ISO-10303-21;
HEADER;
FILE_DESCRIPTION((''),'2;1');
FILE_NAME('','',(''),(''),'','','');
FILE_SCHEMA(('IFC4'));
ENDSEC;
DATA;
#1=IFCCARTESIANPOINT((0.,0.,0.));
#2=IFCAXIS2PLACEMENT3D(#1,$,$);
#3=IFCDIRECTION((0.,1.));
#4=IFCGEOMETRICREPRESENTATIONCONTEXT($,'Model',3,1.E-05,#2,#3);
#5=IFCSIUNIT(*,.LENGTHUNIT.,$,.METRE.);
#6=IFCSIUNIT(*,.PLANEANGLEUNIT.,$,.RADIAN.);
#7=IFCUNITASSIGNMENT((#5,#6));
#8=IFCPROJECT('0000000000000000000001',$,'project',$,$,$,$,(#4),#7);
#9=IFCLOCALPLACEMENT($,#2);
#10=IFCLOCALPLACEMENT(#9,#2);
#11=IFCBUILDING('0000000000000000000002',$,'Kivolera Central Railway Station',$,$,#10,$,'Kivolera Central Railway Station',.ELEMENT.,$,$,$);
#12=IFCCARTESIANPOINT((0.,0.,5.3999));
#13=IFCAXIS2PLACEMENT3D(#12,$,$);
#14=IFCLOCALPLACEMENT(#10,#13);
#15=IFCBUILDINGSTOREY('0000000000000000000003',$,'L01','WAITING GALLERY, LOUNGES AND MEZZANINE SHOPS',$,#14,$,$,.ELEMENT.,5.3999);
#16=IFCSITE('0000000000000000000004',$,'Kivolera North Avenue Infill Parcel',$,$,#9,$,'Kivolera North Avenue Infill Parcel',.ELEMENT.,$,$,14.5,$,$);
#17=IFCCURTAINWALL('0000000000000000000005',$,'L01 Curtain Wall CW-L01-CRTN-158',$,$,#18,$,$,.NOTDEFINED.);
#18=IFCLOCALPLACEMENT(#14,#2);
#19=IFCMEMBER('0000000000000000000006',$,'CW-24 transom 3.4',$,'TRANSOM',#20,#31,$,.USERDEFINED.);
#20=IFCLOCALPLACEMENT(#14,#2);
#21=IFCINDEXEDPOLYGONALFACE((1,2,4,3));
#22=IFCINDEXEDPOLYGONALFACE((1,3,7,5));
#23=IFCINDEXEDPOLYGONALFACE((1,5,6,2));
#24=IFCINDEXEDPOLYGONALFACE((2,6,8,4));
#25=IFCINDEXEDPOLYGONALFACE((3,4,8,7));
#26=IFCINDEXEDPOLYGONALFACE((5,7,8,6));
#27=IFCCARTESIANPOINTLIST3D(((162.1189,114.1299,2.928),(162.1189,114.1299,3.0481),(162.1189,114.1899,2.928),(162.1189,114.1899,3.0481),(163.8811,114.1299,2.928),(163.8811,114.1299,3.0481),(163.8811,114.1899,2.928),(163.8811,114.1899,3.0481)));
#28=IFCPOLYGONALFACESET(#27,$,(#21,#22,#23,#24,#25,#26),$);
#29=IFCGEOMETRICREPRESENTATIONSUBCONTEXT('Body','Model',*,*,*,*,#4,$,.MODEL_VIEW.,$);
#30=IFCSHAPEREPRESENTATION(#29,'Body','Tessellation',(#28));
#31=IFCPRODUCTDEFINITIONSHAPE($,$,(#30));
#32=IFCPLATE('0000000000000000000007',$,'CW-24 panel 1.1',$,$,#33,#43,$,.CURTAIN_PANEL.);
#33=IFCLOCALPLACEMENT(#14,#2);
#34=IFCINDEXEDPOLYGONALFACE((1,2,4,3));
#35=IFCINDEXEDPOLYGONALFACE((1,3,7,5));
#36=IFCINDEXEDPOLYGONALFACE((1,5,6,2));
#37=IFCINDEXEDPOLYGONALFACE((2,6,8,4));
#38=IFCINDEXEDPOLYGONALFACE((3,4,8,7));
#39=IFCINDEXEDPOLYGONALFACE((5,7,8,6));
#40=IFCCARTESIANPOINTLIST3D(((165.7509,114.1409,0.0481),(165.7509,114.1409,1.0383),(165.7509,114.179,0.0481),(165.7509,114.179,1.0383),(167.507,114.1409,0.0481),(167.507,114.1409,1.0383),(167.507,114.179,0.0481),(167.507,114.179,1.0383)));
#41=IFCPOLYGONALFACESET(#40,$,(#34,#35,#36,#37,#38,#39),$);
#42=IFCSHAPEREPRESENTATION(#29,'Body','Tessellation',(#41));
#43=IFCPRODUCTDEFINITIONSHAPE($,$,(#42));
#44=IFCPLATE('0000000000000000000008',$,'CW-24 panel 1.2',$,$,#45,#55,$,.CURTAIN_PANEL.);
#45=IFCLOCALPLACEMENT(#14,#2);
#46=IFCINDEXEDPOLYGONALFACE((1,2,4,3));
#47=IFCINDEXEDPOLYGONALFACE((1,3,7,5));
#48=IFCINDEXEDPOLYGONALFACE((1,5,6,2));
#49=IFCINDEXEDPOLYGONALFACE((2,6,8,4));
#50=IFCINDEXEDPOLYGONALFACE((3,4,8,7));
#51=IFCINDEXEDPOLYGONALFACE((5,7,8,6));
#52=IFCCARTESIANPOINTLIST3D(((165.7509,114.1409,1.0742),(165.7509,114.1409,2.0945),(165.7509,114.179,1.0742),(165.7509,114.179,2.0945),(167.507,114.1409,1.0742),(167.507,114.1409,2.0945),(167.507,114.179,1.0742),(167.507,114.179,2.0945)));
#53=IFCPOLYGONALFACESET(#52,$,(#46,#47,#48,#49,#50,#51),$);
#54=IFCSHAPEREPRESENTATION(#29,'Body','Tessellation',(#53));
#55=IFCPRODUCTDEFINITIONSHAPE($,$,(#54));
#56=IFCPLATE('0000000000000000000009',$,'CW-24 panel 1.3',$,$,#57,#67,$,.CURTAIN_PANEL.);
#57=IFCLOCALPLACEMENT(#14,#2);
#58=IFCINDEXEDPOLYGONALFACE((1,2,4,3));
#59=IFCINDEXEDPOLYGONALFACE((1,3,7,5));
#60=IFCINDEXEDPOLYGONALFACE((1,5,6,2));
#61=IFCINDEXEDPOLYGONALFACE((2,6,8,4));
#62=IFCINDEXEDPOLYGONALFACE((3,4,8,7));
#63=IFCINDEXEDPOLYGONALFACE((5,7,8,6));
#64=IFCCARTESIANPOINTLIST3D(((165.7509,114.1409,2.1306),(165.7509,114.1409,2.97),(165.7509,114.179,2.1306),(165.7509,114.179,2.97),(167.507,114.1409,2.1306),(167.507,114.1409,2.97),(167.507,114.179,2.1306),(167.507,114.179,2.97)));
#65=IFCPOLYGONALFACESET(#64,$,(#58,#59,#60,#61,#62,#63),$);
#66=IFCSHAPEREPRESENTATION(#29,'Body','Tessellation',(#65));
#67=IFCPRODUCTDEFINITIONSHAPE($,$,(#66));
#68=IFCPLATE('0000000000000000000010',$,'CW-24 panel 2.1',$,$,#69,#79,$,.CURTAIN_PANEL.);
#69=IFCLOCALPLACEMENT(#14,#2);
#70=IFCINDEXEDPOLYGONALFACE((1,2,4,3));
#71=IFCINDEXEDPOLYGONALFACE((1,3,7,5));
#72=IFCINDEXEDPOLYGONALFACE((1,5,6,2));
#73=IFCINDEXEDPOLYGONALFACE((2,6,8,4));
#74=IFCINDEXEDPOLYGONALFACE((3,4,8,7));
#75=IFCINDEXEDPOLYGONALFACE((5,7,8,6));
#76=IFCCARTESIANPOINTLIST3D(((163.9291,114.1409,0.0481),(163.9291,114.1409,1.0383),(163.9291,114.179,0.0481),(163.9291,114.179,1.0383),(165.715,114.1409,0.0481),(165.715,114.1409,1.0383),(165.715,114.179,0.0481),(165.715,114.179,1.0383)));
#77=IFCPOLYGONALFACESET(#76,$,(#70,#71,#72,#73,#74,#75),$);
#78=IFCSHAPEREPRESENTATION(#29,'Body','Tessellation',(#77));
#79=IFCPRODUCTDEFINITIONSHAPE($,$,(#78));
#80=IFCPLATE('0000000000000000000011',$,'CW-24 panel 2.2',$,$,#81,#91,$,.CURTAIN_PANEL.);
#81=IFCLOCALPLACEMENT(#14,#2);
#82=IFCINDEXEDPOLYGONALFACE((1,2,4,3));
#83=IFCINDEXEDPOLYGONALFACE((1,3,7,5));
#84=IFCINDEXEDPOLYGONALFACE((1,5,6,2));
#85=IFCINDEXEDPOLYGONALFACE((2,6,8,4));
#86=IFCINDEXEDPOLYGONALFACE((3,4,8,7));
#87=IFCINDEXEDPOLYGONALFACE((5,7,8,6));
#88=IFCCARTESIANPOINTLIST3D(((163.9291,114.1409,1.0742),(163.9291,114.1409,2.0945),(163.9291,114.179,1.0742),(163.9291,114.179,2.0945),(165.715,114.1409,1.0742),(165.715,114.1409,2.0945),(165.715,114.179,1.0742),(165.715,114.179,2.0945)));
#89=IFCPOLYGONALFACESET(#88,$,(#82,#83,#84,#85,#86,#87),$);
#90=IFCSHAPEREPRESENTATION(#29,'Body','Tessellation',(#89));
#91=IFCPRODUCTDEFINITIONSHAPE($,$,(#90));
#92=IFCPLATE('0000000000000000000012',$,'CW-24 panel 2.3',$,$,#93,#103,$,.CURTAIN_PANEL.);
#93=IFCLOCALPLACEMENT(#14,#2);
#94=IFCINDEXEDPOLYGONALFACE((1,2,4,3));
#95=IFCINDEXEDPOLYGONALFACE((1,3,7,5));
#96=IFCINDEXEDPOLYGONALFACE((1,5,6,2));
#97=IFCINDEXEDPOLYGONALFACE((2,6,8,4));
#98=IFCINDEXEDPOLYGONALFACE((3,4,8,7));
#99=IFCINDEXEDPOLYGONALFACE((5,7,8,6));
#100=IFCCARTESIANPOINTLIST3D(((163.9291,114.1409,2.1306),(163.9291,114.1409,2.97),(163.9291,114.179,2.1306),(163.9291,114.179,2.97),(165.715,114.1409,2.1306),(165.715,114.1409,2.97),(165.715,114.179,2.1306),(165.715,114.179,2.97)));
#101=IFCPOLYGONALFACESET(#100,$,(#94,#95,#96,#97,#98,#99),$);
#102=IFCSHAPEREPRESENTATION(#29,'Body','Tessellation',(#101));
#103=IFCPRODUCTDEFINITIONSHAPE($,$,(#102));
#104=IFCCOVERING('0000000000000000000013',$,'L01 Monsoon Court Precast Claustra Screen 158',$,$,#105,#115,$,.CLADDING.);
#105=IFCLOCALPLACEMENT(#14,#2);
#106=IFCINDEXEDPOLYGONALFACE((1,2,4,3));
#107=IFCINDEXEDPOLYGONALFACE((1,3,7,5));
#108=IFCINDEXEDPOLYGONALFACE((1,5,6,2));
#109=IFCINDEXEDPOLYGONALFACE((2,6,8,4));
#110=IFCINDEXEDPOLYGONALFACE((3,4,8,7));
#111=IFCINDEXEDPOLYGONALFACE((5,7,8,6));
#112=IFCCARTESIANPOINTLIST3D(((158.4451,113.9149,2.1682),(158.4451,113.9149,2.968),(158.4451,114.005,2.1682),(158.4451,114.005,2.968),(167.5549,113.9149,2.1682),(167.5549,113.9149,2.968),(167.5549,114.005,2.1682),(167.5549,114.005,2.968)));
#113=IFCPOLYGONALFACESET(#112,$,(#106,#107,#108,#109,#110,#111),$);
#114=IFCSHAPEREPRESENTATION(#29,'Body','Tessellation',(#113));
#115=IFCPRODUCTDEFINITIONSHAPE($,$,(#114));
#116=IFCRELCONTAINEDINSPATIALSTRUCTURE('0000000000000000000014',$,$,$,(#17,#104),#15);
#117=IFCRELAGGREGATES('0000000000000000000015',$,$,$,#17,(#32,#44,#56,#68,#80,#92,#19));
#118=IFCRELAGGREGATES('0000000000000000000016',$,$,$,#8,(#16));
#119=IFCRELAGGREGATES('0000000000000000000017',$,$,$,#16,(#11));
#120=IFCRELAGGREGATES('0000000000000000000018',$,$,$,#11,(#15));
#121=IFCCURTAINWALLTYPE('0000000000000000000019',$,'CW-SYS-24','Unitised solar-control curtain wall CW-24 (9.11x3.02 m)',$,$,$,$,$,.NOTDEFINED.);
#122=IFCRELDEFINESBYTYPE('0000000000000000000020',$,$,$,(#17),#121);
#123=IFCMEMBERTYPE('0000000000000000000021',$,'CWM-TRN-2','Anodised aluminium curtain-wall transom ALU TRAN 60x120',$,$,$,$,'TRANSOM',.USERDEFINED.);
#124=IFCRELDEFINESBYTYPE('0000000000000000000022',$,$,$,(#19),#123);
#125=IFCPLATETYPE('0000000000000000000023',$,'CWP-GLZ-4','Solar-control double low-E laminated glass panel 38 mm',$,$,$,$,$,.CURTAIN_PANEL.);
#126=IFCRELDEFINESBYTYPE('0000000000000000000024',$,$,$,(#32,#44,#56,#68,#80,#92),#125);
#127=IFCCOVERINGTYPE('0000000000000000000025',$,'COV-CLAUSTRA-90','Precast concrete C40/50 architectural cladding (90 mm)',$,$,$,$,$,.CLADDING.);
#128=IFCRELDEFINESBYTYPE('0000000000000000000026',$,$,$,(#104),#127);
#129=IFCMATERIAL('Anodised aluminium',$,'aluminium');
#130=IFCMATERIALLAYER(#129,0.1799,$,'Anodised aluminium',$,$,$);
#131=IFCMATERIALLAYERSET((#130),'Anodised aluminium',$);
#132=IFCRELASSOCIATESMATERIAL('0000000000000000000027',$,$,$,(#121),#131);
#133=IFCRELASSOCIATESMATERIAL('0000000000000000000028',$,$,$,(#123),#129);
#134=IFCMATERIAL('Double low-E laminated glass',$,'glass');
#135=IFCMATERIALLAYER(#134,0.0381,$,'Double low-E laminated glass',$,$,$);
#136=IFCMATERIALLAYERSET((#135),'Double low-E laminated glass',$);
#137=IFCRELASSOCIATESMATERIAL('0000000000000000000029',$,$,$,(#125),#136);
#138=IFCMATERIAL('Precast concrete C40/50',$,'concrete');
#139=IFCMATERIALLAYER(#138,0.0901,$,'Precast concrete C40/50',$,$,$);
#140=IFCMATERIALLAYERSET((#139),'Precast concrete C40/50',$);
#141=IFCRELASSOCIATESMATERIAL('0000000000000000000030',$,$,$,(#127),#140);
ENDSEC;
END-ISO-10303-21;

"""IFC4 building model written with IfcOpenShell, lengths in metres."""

from ifc_helpers import new_model, si_unit, direction, frame, frame_2d, origin, origin_2d, place, context, subcontext, project, spatial, rectangle, extrude, material, layer, layer_set, material_profile, profile_set, type_object, element, aggregate, save


model = new_model("IFC4")

# Units and contexts
model_context = context("Model", 3, precision=1e-05, world=origin(), true_north=direction((0.0, 1.0)))
body_context = subcontext(model_context, "Body", "Model", "MODEL_VIEW")
ifc_project = project(units=[si_unit("LENGTHUNIT", "METRE"), si_unit("PLANEANGLEUNIT", "RADIAN")], contexts=[model_context])

# Site, building, storey
site_placement = place(None, origin())
site = spatial("IfcSite", under=ifc_project, at=site_placement, Name="Kivolera North Avenue Infill Parcel", LongName="Kivolera North Avenue Infill Parcel", CompositionType="ELEMENT", RefElevation=14.5)
building_placement = place(site_placement, origin())
building = spatial("IfcBuilding", under=site, at=building_placement, Name="Kivolera Central Railway Station", LongName="Kivolera Central Railway Station", CompositionType="ELEMENT")
storey_placement = place(building_placement, frame((0.0, 0.0, 5.3999)))
storey = spatial("IfcBuildingStorey", under=building, at=storey_placement, Name="L01", Description="WAITING GALLERY, LOUNGES AND MEZZANINE SHOPS", CompositionType="ELEMENT", Elevation=5.3999)

# Curtain wall, member, plates
ifc_material_1 = material(Name="Anodised aluminium", Category="aluminium")
ifc_layer_1 = layer(ifc_material_1, 0.1799, Name="Anodised aluminium")
ifc_layer_set_1 = layer_set([ifc_layer_1], Name="Anodised aluminium")
curtain_wall_type = type_object("IfcCurtainWallType", Name="CW-SYS-24", Description="Unitised solar-control curtain wall CW-24 (9.11x3.02 m)", PredefinedType="NOTDEFINED", material=ifc_layer_set_1)
curtain_wall_placement = place(storey_placement, origin())
curtain_wall = element("IfcCurtainWall", 1, at=curtain_wall_placement, inside=storey, type_object=curtain_wall_type, Name="L01 Curtain Wall CW-L01-CRTN-158", PredefinedType="NOTDEFINED")
ifc_material_profile_1 = material_profile(ifc_material_1, rectangle(XDim=0.0601, YDim=0.1201, at=origin_2d()), Name="ALU TRAN 60x120")
ifc_profile_set_1 = profile_set([ifc_material_profile_1], Name="Anodised aluminium")
member_type_1 = type_object("IfcMemberType", Name="CWM-TRN-2", Description="Anodised aluminium curtain-wall transom ALU TRAN 60x120", ElementType="TRANSOM", PredefinedType="USERDEFINED", material=ifc_profile_set_1)
member_1_placement = place(storey_placement, frame((163.8811, 114.1599, 2.988), z_axis=(-1.0, 0.0, 0.0), x_axis=(0.0, -1.0, 0.0)))
member_1 = element("IfcMember", 2, at=member_1_placement, type_object=member_type_1, Name="CW-24 transom 3.4", ObjectType="TRANSOM", PredefinedType="USERDEFINED", context=body_context, shape_type="SweptSolid", body=[
    extrude(rectangle(XDim=0.0601, YDim=0.1201, at=origin_2d()), origin(), (0.0, 0.0, 1.0), 1.7622),
])
ifc_material_2 = material(Name="Double low-E laminated glass", Category="glass")
ifc_layer_2 = layer(ifc_material_2, 0.0381, Name="Double low-E laminated glass")
ifc_layer_set_2 = layer_set([ifc_layer_2], Name="Double low-E laminated glass")
plate_type = type_object("IfcPlateType", Name="CWP-GLZ-4", Description="Solar-control double low-E laminated glass panel 38 mm", PredefinedType="CURTAIN_PANEL", material=ifc_layer_set_2)
plate_1_placement = place(storey_placement, frame((166.6289, 114.1599, 0.0481), z_axis=(0.0, 0.0, 1.0), x_axis=(-1.0, 0.0, 0.0)))
plate_1 = element("IfcPlate", 3, at=plate_1_placement, type_object=plate_type, Name="CW-24 panel 1.1", PredefinedType="CURTAIN_PANEL", context=body_context, shape_type="SweptSolid", body=[
    extrude(rectangle(XDim=1.7561, YDim=0.0381, at=origin_2d()), origin(), (0.0, 0.0, 1.0), 0.9902),
])
plate_2_placement = place(storey_placement, frame((166.6289, 114.1599, 1.0742), z_axis=(0.0, 0.0, 1.0), x_axis=(-1.0, 0.0, 0.0)))
plate_2 = element("IfcPlate", 4, at=plate_2_placement, type_object=plate_type, Name="CW-24 panel 1.2", PredefinedType="CURTAIN_PANEL", context=body_context, shape_type="SweptSolid", body=[
    extrude(rectangle(XDim=1.7561, YDim=0.0381, at=origin_2d()), origin(), (0.0, 0.0, 1.0), 1.0203),
])
plate_3_placement = place(storey_placement, frame((166.6289, 114.1599, 2.1306), z_axis=(0.0, 0.0, 1.0), x_axis=(-1.0, 0.0, 0.0)))
plate_3 = element("IfcPlate", 5, at=plate_3_placement, type_object=plate_type, Name="CW-24 panel 1.3", PredefinedType="CURTAIN_PANEL", context=body_context, shape_type="SweptSolid", body=[
    extrude(rectangle(XDim=1.7561, YDim=0.0381, at=origin_2d()), origin(), (0.0, 0.0, 1.0), 0.8394),
])
plate_4_placement = place(storey_placement, frame((164.822, 114.1599, 0.0481), z_axis=(0.0, 0.0, 1.0), x_axis=(-1.0, 0.0, 0.0)))
plate_4 = element("IfcPlate", 6, at=plate_4_placement, type_object=plate_type, Name="CW-24 panel 2.1", PredefinedType="CURTAIN_PANEL", context=body_context, shape_type="SweptSolid", body=[
    extrude(rectangle(XDim=1.7859, YDim=0.0381, at=origin_2d()), origin(), (0.0, 0.0, 1.0), 0.9902),
])
plate_5_placement = place(storey_placement, frame((164.822, 114.1599, 1.0742), z_axis=(0.0, 0.0, 1.0), x_axis=(-1.0, 0.0, 0.0)))
plate_5 = element("IfcPlate", 7, at=plate_5_placement, type_object=plate_type, Name="CW-24 panel 2.2", PredefinedType="CURTAIN_PANEL", context=body_context, shape_type="SweptSolid", body=[
    extrude(rectangle(XDim=1.7859, YDim=0.0381, at=origin_2d()), origin(), (0.0, 0.0, 1.0), 1.0203),
])
plate_6_placement = place(storey_placement, frame((164.822, 114.1599, 2.1306), z_axis=(0.0, 0.0, 1.0), x_axis=(-1.0, 0.0, 0.0)))
plate_6 = element("IfcPlate", 8, at=plate_6_placement, type_object=plate_type, Name="CW-24 panel 2.3", PredefinedType="CURTAIN_PANEL", context=body_context, shape_type="SweptSolid", body=[
    extrude(rectangle(XDim=1.7859, YDim=0.0381, at=origin_2d()), origin(), (0.0, 0.0, 1.0), 0.8394),
])
aggregate(curtain_wall, [plate_1, plate_2, plate_3, plate_4, plate_5, plate_6, member_1])

# Covering
ifc_material_3 = material(Name="Precast concrete C40/50", Category="concrete")
ifc_layer_3 = layer(ifc_material_3, 0.0901, Name="Precast concrete C40/50")
ifc_layer_set_3 = layer_set([ifc_layer_3], Name="Precast concrete C40/50")
covering_type = type_object("IfcCoveringType", Name="COV-CLAUSTRA-90", Description="Precast concrete C40/50 architectural cladding (90 mm)", PredefinedType="CLADDING", material=ifc_layer_set_3)
covering_placement = place(storey_placement, frame((167.5549, 113.96, 2.1682), z_axis=(0.0, 0.0, 1.0), x_axis=(-1.0, 0.0, 0.0)))
element("IfcCovering", 9, at=covering_placement, inside=storey, type_object=covering_type, Name="L01 Monsoon Court Precast Claustra Screen 158", PredefinedType="CLADDING", context=body_context, shape_type="SweptSolid", body=[
    extrude(rectangle(XDim=9.1099, YDim=0.0901, at=frame_2d((4.5549, 0.0))), origin(), (0.0, 0.0, 1.0), 0.7998),
])

save(model, "model.ifc")
